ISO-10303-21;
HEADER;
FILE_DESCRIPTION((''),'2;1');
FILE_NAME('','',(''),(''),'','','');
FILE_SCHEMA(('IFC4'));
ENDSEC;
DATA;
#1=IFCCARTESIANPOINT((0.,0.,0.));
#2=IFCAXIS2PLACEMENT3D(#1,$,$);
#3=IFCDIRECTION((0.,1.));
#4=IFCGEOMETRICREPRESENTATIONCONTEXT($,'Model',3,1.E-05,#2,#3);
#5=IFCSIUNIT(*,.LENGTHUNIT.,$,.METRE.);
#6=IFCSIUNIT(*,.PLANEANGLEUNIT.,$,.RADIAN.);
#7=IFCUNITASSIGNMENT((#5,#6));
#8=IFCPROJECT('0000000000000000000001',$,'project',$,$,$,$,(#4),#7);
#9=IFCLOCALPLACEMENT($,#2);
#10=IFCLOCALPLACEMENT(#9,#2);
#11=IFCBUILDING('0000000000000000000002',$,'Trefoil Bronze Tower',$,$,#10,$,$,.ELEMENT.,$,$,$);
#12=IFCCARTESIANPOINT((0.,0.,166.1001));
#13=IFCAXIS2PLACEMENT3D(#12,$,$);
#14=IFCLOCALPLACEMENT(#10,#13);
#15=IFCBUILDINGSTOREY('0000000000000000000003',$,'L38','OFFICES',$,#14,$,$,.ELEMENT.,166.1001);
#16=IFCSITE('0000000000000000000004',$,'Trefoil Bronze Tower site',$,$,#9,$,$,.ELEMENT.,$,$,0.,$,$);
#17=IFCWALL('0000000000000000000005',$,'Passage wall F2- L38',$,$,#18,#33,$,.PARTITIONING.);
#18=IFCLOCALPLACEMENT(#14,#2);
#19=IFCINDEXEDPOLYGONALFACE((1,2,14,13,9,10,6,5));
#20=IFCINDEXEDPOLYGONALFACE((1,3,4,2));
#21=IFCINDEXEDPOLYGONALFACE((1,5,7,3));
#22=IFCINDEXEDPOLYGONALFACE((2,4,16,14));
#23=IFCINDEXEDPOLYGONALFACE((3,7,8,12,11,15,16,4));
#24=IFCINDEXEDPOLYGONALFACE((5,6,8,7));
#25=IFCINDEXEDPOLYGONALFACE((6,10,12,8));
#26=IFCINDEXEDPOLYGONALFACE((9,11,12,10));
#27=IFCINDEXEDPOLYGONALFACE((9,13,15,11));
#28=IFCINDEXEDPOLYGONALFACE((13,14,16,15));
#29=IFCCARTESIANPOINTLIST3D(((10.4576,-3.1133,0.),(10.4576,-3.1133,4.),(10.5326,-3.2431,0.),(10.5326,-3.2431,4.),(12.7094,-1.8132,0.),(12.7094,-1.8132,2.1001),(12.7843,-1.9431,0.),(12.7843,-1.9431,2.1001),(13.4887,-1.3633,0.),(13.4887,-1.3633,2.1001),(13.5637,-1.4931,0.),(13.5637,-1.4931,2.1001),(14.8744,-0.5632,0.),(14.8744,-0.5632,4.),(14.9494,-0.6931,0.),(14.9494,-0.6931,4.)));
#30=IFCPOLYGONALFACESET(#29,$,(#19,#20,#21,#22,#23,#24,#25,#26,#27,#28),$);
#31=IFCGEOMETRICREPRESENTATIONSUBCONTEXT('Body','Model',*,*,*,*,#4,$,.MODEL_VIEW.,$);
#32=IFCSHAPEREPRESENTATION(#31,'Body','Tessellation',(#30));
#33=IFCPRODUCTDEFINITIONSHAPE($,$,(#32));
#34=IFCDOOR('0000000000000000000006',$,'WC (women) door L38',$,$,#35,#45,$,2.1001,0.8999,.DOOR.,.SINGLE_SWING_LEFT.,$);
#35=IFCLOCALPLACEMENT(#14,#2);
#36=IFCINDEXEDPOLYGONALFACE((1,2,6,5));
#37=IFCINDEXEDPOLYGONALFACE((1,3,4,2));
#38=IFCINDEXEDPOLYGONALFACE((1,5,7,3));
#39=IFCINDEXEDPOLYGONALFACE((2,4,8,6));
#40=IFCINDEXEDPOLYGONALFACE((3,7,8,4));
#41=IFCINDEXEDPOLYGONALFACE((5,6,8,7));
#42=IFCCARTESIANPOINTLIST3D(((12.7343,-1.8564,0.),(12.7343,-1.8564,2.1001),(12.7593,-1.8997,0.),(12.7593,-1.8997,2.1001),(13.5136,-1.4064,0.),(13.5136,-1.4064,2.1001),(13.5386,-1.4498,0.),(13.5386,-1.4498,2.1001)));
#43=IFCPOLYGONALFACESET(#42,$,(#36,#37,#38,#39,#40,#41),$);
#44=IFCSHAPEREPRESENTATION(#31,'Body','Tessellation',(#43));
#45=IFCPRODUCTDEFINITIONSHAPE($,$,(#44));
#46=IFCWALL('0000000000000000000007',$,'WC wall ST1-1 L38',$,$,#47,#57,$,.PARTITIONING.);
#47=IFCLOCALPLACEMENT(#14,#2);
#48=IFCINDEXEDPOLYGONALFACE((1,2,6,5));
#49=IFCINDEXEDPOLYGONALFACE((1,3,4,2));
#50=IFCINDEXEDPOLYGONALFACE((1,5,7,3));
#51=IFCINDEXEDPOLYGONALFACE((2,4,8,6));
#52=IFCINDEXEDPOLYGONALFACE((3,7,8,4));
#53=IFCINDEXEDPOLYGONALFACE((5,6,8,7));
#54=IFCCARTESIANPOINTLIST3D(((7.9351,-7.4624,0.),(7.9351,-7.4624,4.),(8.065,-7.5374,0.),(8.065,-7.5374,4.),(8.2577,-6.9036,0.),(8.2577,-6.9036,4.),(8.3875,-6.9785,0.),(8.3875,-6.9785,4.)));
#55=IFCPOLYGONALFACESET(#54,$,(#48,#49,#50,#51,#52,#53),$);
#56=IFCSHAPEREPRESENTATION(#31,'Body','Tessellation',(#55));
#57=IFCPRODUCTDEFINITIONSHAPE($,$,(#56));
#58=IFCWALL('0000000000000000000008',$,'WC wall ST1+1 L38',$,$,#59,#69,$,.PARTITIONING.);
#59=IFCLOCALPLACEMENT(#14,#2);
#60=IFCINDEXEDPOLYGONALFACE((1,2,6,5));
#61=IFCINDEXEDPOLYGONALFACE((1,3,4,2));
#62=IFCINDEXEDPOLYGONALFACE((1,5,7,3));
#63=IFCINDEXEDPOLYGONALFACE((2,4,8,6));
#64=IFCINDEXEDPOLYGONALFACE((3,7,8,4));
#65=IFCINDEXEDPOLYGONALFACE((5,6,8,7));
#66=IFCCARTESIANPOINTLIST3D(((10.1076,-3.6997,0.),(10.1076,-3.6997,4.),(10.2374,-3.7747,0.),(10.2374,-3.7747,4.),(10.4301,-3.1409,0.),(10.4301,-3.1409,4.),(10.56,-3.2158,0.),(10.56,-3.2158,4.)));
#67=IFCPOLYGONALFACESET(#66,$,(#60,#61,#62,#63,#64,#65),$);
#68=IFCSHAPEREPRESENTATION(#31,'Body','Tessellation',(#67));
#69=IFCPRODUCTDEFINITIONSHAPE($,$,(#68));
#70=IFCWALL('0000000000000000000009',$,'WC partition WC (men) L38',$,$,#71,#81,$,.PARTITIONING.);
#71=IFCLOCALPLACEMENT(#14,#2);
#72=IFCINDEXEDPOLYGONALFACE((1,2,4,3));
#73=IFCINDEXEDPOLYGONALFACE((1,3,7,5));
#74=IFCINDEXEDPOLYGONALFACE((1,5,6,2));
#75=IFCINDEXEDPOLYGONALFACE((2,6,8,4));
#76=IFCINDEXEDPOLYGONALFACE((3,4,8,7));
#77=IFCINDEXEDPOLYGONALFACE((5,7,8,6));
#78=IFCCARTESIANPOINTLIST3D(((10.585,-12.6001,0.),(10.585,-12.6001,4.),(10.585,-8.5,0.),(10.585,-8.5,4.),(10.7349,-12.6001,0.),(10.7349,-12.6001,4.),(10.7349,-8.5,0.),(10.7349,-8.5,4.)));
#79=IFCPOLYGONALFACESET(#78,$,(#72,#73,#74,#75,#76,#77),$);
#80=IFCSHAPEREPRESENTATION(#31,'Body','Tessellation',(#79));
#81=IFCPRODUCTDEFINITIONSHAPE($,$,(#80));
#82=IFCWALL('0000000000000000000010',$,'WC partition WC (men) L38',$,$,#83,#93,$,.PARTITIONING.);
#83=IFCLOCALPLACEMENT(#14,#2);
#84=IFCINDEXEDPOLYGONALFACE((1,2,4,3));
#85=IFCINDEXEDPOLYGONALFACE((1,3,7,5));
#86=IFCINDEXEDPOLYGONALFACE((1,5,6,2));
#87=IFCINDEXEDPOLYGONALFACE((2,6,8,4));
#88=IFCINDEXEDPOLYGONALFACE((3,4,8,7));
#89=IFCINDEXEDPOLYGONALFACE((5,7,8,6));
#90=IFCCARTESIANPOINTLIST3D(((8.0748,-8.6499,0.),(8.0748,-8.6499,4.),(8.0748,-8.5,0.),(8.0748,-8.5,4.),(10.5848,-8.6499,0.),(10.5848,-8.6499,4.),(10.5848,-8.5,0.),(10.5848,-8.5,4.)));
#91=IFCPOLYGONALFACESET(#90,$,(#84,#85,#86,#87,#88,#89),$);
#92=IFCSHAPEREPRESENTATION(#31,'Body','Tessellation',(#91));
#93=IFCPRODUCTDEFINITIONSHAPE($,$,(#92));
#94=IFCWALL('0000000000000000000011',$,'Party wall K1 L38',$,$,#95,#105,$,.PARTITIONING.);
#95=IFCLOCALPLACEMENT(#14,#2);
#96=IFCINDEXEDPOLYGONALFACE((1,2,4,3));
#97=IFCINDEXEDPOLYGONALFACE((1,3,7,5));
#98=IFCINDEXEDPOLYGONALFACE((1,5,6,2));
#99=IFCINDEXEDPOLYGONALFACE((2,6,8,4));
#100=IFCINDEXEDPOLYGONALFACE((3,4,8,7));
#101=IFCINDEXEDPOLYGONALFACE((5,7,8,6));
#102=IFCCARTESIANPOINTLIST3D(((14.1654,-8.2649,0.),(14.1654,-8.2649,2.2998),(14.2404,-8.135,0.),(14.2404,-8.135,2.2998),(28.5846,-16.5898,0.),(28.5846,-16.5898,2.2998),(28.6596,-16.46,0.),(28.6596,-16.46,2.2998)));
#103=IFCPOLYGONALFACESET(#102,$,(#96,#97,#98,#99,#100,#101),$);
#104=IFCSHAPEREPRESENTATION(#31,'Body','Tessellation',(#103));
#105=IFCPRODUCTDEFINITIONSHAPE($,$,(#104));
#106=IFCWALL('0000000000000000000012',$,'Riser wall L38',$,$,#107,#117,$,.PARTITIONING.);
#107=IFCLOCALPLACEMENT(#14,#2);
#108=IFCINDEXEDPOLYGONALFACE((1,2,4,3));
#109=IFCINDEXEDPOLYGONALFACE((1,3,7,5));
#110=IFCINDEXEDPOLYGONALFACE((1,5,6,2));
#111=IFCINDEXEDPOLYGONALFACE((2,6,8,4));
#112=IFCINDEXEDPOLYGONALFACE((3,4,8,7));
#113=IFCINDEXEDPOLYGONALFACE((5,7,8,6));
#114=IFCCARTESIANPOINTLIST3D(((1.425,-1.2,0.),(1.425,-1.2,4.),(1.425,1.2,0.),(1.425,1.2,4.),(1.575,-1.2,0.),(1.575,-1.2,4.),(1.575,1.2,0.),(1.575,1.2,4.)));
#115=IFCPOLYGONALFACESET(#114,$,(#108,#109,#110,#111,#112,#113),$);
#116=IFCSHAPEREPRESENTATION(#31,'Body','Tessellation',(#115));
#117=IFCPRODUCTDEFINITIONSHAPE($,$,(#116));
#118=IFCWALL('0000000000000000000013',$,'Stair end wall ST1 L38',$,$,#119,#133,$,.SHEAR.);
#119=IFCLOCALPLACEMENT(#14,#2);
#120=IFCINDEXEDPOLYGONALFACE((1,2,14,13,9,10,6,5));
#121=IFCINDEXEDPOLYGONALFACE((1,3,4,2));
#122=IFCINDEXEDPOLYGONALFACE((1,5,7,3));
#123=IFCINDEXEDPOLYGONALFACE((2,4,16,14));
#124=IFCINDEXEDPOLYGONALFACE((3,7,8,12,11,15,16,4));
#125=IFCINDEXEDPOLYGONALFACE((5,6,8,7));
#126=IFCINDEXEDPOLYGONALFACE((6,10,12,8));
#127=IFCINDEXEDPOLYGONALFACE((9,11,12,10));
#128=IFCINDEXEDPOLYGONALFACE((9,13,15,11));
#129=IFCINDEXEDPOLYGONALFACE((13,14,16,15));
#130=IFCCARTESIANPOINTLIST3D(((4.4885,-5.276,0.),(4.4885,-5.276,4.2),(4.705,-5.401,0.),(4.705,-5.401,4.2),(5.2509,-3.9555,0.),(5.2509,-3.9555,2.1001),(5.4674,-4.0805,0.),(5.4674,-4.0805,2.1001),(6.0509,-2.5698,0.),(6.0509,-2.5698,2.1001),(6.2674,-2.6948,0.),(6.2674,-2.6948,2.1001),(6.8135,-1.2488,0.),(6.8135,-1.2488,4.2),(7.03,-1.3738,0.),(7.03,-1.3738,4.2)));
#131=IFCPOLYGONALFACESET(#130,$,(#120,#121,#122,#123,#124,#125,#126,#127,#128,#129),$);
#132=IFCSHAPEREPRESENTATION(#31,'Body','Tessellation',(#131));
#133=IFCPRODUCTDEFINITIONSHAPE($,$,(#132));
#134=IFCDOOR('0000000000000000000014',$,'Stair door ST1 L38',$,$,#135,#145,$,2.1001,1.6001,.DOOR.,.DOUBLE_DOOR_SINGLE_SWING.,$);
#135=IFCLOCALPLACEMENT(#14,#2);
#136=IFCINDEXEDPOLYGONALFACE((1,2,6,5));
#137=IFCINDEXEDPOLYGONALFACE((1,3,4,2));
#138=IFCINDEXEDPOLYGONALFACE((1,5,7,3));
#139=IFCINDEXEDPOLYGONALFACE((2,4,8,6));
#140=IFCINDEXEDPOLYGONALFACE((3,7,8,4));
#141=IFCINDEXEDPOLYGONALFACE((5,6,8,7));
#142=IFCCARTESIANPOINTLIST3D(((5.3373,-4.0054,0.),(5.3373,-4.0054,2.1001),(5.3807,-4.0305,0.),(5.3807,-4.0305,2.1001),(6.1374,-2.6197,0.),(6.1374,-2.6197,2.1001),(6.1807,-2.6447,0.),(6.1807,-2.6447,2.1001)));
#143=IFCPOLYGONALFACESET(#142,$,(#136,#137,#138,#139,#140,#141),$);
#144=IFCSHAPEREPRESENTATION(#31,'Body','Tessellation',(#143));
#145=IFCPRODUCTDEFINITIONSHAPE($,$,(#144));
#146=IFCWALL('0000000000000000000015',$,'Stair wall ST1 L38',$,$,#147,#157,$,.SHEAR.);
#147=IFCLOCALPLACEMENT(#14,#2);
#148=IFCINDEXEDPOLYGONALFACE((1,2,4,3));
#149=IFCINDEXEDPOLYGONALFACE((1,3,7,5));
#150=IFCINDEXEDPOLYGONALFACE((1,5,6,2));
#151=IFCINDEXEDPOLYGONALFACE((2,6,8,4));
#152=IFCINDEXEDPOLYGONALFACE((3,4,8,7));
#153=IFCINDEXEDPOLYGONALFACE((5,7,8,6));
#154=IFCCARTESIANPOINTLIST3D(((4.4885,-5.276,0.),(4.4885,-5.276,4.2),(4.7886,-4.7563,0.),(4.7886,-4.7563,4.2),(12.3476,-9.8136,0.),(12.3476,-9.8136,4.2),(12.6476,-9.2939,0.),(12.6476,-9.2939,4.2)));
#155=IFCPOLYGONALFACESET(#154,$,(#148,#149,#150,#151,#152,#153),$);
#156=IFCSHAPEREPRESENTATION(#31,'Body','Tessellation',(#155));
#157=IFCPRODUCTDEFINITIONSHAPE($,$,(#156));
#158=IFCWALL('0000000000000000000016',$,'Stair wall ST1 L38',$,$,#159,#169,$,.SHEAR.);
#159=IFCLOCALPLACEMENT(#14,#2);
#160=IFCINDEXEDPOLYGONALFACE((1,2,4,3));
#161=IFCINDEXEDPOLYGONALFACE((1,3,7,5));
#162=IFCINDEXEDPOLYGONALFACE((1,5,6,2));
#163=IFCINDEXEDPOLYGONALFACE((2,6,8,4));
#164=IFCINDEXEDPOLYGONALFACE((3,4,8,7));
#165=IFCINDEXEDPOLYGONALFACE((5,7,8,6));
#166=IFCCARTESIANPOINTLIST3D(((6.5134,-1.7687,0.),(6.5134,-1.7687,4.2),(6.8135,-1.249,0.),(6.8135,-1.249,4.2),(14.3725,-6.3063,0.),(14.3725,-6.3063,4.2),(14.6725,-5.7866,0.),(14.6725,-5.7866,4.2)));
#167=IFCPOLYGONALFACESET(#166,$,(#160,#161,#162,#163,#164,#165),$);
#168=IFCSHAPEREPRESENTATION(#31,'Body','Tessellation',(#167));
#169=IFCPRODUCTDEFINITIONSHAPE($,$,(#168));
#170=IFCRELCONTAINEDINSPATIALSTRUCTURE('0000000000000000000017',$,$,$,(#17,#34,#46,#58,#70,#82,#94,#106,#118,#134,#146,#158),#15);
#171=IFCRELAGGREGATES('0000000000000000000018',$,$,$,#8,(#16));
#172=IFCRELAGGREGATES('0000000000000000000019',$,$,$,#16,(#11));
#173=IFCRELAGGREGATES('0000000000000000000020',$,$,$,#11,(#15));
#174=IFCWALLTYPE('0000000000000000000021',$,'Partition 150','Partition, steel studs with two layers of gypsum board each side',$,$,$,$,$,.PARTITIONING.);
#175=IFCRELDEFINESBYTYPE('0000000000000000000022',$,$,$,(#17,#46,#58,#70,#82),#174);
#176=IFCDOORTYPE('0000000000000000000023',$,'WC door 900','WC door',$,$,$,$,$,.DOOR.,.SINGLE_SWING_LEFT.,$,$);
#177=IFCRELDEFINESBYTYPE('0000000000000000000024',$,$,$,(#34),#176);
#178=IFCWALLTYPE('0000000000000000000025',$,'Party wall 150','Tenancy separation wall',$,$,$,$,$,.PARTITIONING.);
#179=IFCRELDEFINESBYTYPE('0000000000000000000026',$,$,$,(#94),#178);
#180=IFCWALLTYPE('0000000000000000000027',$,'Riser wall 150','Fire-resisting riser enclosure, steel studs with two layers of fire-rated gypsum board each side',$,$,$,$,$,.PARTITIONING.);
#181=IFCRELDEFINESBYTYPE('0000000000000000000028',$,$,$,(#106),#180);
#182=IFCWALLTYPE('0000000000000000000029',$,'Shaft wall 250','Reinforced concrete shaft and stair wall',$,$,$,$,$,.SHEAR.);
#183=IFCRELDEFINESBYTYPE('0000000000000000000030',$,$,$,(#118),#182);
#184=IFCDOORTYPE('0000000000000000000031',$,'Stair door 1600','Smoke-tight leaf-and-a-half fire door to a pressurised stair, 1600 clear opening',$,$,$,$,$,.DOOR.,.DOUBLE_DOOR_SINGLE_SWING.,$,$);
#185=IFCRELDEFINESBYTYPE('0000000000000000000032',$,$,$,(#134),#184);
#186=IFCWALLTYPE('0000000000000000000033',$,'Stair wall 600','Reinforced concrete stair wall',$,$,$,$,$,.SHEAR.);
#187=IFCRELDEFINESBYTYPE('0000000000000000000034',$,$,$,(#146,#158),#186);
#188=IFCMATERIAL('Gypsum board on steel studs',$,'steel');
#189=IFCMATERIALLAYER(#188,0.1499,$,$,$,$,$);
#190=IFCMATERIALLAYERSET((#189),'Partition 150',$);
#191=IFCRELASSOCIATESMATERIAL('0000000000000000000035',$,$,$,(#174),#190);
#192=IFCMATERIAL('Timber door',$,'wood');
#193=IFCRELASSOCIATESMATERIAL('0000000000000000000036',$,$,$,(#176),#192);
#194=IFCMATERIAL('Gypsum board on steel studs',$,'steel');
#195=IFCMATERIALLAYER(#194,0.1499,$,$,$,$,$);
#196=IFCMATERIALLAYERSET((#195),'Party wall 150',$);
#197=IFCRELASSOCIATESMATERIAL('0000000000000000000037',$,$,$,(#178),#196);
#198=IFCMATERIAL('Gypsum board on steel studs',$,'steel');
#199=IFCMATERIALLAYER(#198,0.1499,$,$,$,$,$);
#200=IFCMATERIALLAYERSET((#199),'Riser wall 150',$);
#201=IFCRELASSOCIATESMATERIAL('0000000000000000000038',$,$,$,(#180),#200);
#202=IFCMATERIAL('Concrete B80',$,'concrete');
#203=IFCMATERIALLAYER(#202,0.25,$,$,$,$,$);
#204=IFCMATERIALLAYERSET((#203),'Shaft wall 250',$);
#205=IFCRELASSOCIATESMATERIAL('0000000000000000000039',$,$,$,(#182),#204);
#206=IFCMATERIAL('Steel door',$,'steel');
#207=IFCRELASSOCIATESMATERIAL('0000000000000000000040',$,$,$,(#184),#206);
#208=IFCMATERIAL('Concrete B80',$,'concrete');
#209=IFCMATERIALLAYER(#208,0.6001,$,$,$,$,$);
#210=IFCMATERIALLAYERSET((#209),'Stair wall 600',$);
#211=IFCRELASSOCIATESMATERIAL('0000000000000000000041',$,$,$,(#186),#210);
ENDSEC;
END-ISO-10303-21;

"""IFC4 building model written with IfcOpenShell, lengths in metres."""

from ifc_helpers import new_model, si_unit, direction, frame, frame_2d, origin, place, context, subcontext, project, spatial, rectangle, extrude, material, layer, layer_set, type_object, element, fill, save


model = new_model("IFC4")

# Units and contexts
model_context = context("Model", 3, precision=1e-05, world=origin(), true_north=direction((0.0, 1.0)))
body_context = subcontext(model_context, "Body", "Model", "MODEL_VIEW")
ifc_project = project(units=[si_unit("LENGTHUNIT", "METRE"), si_unit("PLANEANGLEUNIT", "RADIAN")], contexts=[model_context])

# Site, building, storey
site_placement = place(None, origin())
site = spatial("IfcSite", under=ifc_project, at=site_placement, Name="Trefoil Bronze Tower site", CompositionType="ELEMENT", RefElevation=0.0)
building_placement = place(site_placement, origin())
building = spatial("IfcBuilding", under=site, at=building_placement, Name="Trefoil Bronze Tower", CompositionType="ELEMENT")
storey_placement = place(building_placement, frame((0.0, 0.0, 166.1001)))
storey = spatial("IfcBuildingStorey", under=building, at=storey_placement, Name="L38", Description="OFFICES", CompositionType="ELEMENT", Elevation=166.1001)

# Wall, opening, door
ifc_material_1 = material(Name="Gypsum board on steel studs", Category="steel")
ifc_layer_1 = layer(ifc_material_1, 0.1499)
ifc_layer_set_1 = layer_set([ifc_layer_1], Name="Partition 150")
wall_type_1 = type_object("IfcWallType", Name="Partition 150", Description="Partition, steel studs with two layers of gypsum board each side", PredefinedType="PARTITIONING", material=ifc_layer_set_1)
ifc_material_2 = material(Name="Timber door", Category="wood")
door_type_1 = type_object("IfcDoorType", Name="WC door 900", Description="WC door", OperationType="SINGLE_SWING_LEFT", PredefinedType="DOOR", material=ifc_material_2)
wall_1_placement = place(storey_placement, frame((10.4951, -3.1782, 0.0), z_axis=(0.0, 0.0, 1.0), x_axis=(0.866022, 0.500006, 0.0)))
wall_1 = element("IfcWall", 1, at=wall_1_placement, inside=storey, type_object=wall_type_1, Name="Passage wall F2- L38", PredefinedType="PARTITIONING", context=body_context, shape_type="SweptSolid", body=[
    extrude(rectangle(XDim=5.1001, YDim=0.1499, at=frame_2d((2.55, 0.0))), origin(), (0.0, 0.0, 1.0), 4.0),
])
opening_1_placement = place(wall_1_placement, frame((2.6001, 0.0, 0.0)))
opening_1 = element("IfcOpeningElement", 2, at=opening_1_placement, cuts=wall_1, PredefinedType="OPENING", context=body_context, shape_type="SweptSolid", body=[
    extrude(rectangle(XDim=0.8999, YDim=2.1001, at=frame_2d((0.45, 1.05))), frame((0.0, 0.085, 0.0), z_axis=(0.0, -1.0, 0.0), x_axis=(1.0, 0.0, 0.0)), (0.0, 0.0, 1.0), 0.1699),
])
door_1_placement = place(opening_1_placement, frame((0.8999, 0.0, 0.0), z_axis=(0.0, 0.0, 1.0), x_axis=(-1.0, 0.0, 0.0)))
door_1 = element("IfcDoor", 3, at=door_1_placement, inside=storey, type_object=door_type_1, Name="WC (women) door L38", OperationType="SINGLE_SWING_LEFT", OverallHeight=2.1001, OverallWidth=0.8999, PredefinedType="DOOR", context=body_context, shape_type="SweptSolid", body=[
    extrude(rectangle(XDim=0.8999, YDim=2.1001, at=frame_2d((0.45, 1.05))), frame((0.0, 0.0249, 0.0), z_axis=(0.0, -1.0, 0.0), x_axis=(1.0, 0.0, 0.0)), (0.0, 0.0, 1.0), 0.05),
])
fill(opening_1, door_1)

# Walls
for number, where, z_axis, x_axis, name in (
    (4, (8.0, -7.5, 0.0), (0.0, 0.0, 1.0), (0.499843, 0.866116, 0.0), "WC wall ST1-1 L38"),
    (5, (10.4951, -3.1782, 0.0), (0.0, 0.0, 1.0), (-0.499843, -0.866116, 0.0), "WC wall ST1+1 L38"),
):
    element("IfcWall", number, at=place(storey_placement, frame(where, z_axis=z_axis, x_axis=x_axis)), inside=storey, type_object=wall_type_1, Name=name, PredefinedType="PARTITIONING", context=body_context, shape_type="SweptSolid", body=[
        extrude(rectangle(XDim=0.6453, YDim=0.1499, at=frame_2d((0.3228, 0.0))), origin(), (0.0, 0.0, 1.0), 4.0),
    ])
wall_2_placement = place(storey_placement, frame((10.6599, -8.5, 0.0), z_axis=(0.0, 0.0, 1.0), x_axis=(0.0, -1.0, 0.0)))
element("IfcWall", 6, at=wall_2_placement, inside=storey, type_object=wall_type_1, Name="WC partition WC (men) L38", PredefinedType="PARTITIONING", context=body_context, shape_type="SweptSolid", body=[
    extrude(rectangle(XDim=4.1001, YDim=0.1499, at=frame_2d((2.05, 0.0))), origin(), (0.0, 0.0, 1.0), 4.0),
])
wall_3_placement = place(storey_placement, frame((8.075, -8.575, 0.0), z_axis=(0.0, 0.0, 1.0), x_axis=(1.0, 0.0, 0.0)))
element("IfcWall", 7, at=wall_3_placement, inside=storey, type_object=wall_type_1, Name="WC partition WC (men) L38", PredefinedType="PARTITIONING", context=body_context, shape_type="SweptSolid", body=[
    extrude(rectangle(XDim=2.51, YDim=0.1499, at=frame_2d((1.2549, 0.0))), origin(), (0.0, 0.0, 1.0), 4.0),
])
ifc_material_3 = material(Name="Gypsum board on steel studs", Category="steel")
ifc_layer_2 = layer(ifc_material_3, 0.1499)
ifc_layer_set_2 = layer_set([ifc_layer_2], Name="Party wall 150")
wall_type_2 = type_object("IfcWallType", Name="Party wall 150", Description="Tenancy separation wall", PredefinedType="PARTITIONING", material=ifc_layer_set_2)
wall_4_placement = place(storey_placement, frame((14.2029, -8.2, 0.0), z_axis=(0.0, 0.0, 1.0), x_axis=(0.866025, -0.500001, 0.0)))
element("IfcWall", 8, at=wall_4_placement, inside=storey, type_object=wall_type_2, Name="Party wall K1 L38", PredefinedType="PARTITIONING", context=body_context, shape_type="SweptSolid", body=[
    extrude(rectangle(XDim=16.6499, YDim=0.1499, at=frame_2d((8.325, 0.0))), origin(), (0.0, 0.0, 1.0), 2.2998),
])
ifc_material_4 = material(Name="Gypsum board on steel studs", Category="steel")
ifc_layer_3 = layer(ifc_material_4, 0.1499)
ifc_layer_set_3 = layer_set([ifc_layer_3], Name="Riser wall 150")
wall_type_3 = type_object("IfcWallType", Name="Riser wall 150", Description="Fire-resisting riser enclosure, steel studs with two layers of fire-rated gypsum board each side", PredefinedType="PARTITIONING", material=ifc_layer_set_3)
wall_5_placement = place(storey_placement, frame((1.5, -1.2, 0.0), z_axis=(0.0, 0.0, 1.0), x_axis=(0.0, 1.0, 0.0)))
element("IfcWall", 9, at=wall_5_placement, inside=storey, type_object=wall_type_3, Name="Riser wall L38", PredefinedType="PARTITIONING", context=body_context, shape_type="SweptSolid", body=[
    extrude(rectangle(XDim=2.3999, YDim=0.1499, at=frame_2d((1.2, 0.0))), origin(), (0.0, 0.0, 1.0), 4.0),
])

# Wall, opening, door
ifc_material_5 = material(Name="Concrete B80", Category="concrete")
ifc_layer_4 = layer(ifc_material_5, 0.25)
ifc_layer_set_4 = layer_set([ifc_layer_4], Name="Shaft wall 250")
wall_type_4 = type_object("IfcWallType", Name="Shaft wall 250", Description="Reinforced concrete shaft and stair wall", PredefinedType="SHEAR", material=ifc_layer_set_4)
wall_6_placement = place(storey_placement, frame((4.5967, -5.3386, 0.0), z_axis=(0.0, 0.0, 1.0), x_axis=(0.499985, 0.866034, 0.0)))
wall_6 = element("IfcWall", 10, at=wall_6_placement, inside=storey, type_object=wall_type_4, Name="Stair end wall ST1 L38", PredefinedType="SHEAR", context=body_context, shape_type="SweptSolid", body=[
    extrude(rectangle(XDim=4.6501, YDim=0.25, at=frame_2d((2.3252, 0.0))), origin(), (0.0, 0.0, 1.0), 4.2),
])
opening_2_placement = place(wall_6_placement, frame((1.5249, 0.0, 0.0)))
opening_2 = element("IfcOpeningElement", 11, at=opening_2_placement, cuts=wall_6, PredefinedType="OPENING", context=body_context, shape_type="SweptSolid", body=[
    extrude(rectangle(XDim=1.6001, YDim=2.1001, at=frame_2d((0.8, 1.05))), frame((0.0, 0.135, 0.0), z_axis=(0.0, -1.0, 0.0), x_axis=(1.0, 0.0, 0.0)), (0.0, 0.0, 1.0), 0.27),
])
ifc_material_6 = material(Name="Steel door", Category="steel")
door_type_2 = type_object("IfcDoorType", Name="Stair door 1600", Description="Smoke-tight leaf-and-a-half fire door to a pressurised stair, 1600 clear opening", OperationType="DOUBLE_DOOR_SINGLE_SWING", PredefinedType="DOOR", material=ifc_material_6)
door_2_placement = place(opening_2_placement, frame((1.6001, 0.0, 0.0), z_axis=(0.0, 0.0, 1.0), x_axis=(-1.0, 0.0, 0.0)))
door_2 = element("IfcDoor", 12, at=door_2_placement, inside=storey, type_object=door_type_2, Name="Stair door ST1 L38", OperationType="DOUBLE_DOOR_SINGLE_SWING", OverallHeight=2.1001, OverallWidth=1.6001, PredefinedType="DOOR", context=body_context, shape_type="SweptSolid", body=[
    extrude(rectangle(XDim=1.6001, YDim=2.1001, at=frame_2d((0.8, 1.05))), frame((0.0, 0.0249, 0.0), z_axis=(0.0, -1.0, 0.0), x_axis=(1.0, 0.0, 0.0)), (0.0, 0.0, 1.0), 0.05),
])
fill(opening_2, door_2)

# Walls
ifc_material_7 = material(Name="Concrete B80", Category="concrete")
ifc_layer_5 = layer(ifc_material_7, 0.6001)
ifc_layer_set_5 = layer_set([ifc_layer_5], Name="Stair wall 600")
wall_type_5 = type_object("IfcWallType", Name="Stair wall 600", Description="Reinforced concrete stair wall", PredefinedType="SHEAR", material=ifc_layer_set_5)
for number, where, z_axis, x_axis, name in (
    (13, (4.6384, -5.0161, 0.0), (0.0, 0.0, 1.0), (0.866019, -0.50001, 0.0), "Stair wall ST1 L38"),
    (14, (6.6633, -1.5088, 0.0), (0.0, 0.0, 1.0), (0.866019, -0.50001, 0.0), "Stair wall ST1 L38"),
):
    element("IfcWall", number, at=place(storey_placement, frame(where, z_axis=z_axis, x_axis=x_axis)), inside=storey, type_object=wall_type_5, Name=name, PredefinedType="SHEAR", context=body_context, shape_type="SweptSolid", body=[
        extrude(rectangle(XDim=9.075, YDim=0.6001, at=frame_2d((4.5376, 0.0))), origin(), (0.0, 0.0, 1.0), 4.2),
    ])

save(model, "model.ifc")
